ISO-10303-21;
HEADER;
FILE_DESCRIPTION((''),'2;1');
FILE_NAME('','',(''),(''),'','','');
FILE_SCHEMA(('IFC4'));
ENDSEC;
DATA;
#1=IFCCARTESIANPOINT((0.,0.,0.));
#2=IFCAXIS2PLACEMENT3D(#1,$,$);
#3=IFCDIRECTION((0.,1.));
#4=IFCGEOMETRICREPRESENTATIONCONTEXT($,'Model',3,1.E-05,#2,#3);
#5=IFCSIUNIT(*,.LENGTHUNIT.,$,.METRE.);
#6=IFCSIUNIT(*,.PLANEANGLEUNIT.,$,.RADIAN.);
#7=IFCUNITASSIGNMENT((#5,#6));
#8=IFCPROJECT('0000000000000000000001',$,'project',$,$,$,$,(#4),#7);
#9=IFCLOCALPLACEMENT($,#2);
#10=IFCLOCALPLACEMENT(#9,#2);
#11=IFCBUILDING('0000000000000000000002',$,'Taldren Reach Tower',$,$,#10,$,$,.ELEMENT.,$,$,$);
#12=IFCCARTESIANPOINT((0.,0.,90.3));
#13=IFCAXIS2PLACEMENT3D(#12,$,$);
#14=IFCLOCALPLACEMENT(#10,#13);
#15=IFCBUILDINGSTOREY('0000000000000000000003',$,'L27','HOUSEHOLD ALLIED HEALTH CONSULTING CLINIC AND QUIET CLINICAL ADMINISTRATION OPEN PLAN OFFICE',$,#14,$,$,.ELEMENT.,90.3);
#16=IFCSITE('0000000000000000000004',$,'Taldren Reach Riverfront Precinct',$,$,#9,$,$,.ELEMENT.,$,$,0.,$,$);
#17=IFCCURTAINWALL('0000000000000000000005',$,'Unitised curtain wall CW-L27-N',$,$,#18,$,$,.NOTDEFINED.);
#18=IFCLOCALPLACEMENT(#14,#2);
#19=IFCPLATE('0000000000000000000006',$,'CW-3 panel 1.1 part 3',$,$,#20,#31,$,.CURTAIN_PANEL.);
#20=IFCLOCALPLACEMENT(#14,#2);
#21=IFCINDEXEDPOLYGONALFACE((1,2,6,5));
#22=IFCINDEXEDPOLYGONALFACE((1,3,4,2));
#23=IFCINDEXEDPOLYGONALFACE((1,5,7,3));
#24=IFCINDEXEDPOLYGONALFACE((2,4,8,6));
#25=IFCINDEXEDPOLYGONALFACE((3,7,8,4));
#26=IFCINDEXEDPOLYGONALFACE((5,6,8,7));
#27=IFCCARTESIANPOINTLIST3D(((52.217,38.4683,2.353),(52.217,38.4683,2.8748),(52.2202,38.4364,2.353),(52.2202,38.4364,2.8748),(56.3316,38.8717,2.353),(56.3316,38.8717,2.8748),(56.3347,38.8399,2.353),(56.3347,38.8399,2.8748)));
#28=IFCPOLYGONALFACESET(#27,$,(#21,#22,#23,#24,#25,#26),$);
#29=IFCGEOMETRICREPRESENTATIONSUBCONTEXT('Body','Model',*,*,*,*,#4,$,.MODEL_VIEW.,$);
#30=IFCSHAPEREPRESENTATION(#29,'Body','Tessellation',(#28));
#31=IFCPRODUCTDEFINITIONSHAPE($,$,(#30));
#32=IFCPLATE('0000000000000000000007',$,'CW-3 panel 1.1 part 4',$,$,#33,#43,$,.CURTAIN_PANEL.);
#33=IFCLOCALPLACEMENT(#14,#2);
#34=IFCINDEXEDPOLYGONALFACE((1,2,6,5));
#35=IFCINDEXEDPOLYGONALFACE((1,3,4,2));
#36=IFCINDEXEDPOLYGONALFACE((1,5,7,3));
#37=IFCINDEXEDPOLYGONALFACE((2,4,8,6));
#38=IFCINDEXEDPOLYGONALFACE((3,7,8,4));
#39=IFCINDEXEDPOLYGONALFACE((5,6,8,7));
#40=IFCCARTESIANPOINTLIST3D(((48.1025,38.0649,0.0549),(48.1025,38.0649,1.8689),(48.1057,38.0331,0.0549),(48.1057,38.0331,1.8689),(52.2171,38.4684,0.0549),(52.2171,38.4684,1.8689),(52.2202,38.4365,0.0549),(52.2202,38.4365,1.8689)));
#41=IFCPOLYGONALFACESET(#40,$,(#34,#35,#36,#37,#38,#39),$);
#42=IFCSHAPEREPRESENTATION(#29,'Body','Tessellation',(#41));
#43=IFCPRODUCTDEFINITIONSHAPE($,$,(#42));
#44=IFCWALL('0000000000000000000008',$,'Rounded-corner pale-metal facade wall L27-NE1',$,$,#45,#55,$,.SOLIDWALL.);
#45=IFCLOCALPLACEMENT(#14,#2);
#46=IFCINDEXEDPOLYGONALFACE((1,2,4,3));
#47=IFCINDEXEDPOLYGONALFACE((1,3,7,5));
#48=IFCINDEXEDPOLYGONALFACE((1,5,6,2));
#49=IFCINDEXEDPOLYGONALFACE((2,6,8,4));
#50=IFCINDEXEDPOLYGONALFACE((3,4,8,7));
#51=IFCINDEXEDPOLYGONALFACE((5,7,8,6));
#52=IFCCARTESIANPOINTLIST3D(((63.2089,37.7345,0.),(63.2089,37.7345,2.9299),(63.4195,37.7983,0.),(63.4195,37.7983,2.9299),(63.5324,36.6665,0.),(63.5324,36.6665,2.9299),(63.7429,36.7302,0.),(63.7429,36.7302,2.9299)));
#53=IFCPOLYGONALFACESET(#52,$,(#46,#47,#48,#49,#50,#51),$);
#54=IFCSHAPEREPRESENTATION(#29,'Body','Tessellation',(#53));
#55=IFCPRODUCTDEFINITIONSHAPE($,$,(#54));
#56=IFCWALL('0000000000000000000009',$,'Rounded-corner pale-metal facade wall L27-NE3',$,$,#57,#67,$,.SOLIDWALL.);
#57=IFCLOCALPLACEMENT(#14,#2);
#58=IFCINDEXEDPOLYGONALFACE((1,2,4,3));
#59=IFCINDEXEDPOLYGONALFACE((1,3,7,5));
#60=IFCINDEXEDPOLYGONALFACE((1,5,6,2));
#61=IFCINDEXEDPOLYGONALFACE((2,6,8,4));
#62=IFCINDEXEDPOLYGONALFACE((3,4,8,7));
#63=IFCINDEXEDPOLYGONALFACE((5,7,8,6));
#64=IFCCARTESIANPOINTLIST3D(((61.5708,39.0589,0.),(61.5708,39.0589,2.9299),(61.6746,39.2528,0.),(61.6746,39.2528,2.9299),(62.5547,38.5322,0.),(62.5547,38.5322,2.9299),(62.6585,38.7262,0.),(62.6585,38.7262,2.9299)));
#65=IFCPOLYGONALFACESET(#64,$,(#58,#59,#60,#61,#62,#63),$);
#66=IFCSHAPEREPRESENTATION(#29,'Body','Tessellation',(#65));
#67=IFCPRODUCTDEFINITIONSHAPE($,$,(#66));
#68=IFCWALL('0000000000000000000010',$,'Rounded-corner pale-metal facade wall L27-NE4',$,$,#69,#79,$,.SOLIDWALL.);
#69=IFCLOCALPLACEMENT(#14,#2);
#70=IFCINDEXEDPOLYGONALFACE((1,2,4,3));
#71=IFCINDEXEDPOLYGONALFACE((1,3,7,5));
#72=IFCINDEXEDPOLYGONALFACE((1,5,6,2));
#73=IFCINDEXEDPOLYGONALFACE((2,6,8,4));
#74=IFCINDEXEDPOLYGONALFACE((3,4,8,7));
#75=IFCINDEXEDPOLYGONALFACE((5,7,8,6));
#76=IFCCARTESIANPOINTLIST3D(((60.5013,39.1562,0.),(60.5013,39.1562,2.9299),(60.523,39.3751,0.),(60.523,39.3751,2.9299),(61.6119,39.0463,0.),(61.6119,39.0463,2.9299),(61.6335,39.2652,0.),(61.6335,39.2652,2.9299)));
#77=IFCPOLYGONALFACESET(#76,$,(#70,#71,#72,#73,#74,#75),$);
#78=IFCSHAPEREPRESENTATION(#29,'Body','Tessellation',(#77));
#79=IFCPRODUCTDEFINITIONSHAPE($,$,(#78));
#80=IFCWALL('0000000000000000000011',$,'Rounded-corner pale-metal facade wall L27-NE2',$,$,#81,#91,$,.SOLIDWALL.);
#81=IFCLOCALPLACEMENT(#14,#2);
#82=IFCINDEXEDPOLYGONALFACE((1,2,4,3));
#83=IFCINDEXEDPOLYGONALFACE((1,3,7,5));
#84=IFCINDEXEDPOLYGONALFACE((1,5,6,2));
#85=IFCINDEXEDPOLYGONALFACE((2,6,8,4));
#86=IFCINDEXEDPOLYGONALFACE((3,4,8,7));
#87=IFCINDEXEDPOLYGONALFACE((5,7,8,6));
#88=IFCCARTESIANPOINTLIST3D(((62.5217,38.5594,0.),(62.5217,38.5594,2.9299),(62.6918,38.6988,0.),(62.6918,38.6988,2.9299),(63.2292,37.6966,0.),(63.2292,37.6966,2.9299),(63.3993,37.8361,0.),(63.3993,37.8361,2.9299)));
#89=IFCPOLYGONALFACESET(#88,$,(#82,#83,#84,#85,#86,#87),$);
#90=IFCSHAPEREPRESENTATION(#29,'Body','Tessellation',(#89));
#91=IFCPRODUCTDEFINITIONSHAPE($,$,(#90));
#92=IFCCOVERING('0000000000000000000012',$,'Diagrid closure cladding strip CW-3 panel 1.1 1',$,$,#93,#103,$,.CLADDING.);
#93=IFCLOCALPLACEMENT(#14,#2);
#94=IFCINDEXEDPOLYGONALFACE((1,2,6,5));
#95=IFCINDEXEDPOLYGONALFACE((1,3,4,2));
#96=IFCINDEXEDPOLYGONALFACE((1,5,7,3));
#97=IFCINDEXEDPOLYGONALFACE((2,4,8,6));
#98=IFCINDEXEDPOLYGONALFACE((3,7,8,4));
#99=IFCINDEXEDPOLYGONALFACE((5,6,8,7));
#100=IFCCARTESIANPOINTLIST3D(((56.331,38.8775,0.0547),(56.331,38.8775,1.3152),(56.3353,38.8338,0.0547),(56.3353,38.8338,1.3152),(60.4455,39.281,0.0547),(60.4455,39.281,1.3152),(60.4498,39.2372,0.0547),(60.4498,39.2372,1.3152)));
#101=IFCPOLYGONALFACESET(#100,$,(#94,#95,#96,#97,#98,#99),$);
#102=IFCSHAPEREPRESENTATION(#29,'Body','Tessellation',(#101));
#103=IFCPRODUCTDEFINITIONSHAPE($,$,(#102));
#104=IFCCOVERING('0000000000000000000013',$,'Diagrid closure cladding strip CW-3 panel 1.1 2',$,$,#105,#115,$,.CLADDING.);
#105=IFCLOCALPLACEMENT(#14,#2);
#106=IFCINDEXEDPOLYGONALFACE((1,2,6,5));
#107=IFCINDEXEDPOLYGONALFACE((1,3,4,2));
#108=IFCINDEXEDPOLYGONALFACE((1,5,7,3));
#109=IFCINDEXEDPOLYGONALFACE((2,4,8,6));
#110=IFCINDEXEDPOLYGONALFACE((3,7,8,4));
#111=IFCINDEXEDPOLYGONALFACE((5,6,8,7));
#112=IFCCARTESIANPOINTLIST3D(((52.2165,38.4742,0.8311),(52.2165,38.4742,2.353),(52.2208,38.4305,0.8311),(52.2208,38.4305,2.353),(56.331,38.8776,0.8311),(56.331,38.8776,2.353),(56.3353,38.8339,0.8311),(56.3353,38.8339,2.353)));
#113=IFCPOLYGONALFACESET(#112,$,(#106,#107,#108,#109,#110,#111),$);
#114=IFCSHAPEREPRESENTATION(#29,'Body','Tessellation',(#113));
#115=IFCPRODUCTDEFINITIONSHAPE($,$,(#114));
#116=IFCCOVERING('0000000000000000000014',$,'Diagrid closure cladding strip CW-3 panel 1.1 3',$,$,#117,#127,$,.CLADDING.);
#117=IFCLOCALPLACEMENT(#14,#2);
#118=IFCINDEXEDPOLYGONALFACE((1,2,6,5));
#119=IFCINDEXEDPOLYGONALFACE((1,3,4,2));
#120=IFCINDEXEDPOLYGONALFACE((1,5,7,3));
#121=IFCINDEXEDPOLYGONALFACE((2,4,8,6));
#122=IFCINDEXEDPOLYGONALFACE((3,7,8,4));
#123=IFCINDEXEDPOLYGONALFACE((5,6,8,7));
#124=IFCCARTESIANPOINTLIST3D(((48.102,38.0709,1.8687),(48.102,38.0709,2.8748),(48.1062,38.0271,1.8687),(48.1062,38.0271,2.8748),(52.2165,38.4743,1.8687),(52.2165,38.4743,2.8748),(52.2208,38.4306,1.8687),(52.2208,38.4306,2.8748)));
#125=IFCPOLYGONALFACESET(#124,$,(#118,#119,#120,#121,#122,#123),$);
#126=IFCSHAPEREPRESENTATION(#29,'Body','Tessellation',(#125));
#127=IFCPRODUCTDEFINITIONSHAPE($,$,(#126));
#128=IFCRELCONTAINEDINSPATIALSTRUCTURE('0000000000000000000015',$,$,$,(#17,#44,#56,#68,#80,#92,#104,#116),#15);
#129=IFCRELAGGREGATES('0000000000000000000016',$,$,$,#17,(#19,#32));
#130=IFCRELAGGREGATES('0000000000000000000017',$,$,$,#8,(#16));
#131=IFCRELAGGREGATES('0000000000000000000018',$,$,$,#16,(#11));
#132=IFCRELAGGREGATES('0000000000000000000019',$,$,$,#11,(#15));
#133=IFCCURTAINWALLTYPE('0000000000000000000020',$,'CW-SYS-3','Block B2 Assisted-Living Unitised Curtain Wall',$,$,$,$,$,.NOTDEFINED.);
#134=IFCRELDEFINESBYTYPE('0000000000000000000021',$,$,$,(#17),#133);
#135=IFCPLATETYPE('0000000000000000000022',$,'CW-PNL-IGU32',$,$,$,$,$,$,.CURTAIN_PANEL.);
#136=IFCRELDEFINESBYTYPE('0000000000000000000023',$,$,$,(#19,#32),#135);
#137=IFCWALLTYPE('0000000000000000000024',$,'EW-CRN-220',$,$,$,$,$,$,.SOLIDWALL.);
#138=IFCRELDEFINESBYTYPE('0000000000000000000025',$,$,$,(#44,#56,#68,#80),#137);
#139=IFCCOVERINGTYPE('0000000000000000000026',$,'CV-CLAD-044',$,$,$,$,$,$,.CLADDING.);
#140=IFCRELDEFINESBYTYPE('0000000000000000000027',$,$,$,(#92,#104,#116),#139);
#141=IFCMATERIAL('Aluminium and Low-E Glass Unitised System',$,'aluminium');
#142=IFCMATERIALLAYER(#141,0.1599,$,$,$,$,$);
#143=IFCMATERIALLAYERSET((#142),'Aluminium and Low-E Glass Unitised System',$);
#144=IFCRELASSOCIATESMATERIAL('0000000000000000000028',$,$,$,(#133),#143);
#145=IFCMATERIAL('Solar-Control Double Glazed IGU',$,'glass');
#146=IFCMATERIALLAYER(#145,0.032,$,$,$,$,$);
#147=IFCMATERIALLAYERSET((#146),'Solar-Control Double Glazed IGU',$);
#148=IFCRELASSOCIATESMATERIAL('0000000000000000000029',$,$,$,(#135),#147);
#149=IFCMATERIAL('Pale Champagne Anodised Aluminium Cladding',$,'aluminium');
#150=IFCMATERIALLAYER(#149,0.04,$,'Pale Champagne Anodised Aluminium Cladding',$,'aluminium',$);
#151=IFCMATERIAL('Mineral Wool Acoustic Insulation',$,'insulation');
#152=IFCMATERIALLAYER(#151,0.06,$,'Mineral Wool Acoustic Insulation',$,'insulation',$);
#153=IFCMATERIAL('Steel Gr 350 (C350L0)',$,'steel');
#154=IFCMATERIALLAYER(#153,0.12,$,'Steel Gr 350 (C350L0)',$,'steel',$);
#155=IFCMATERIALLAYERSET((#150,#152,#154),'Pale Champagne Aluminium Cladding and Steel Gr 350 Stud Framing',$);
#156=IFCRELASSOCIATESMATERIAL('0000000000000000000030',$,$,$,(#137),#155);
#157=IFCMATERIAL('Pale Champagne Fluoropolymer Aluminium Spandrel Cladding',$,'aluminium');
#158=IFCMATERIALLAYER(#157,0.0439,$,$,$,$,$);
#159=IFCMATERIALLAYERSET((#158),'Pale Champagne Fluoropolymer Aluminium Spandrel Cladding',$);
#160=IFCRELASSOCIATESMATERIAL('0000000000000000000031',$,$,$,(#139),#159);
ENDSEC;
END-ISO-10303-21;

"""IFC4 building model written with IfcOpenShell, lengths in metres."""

from ifc_helpers import new_model, si_unit, direction, frame, frame_2d, origin, origin_2d, place, context, subcontext, project, spatial, rectangle, extrude, source, transform, mapped, material, layer, layer_set, type_object, element, aggregate, save


model = new_model("IFC4")

# Units and contexts
model_context = context("Model", 3, precision=1e-05, world=origin(), true_north=direction((0.0, 1.0)))
body_context = subcontext(model_context, "Body", "Model", "MODEL_VIEW")
ifc_project = project(units=[si_unit("LENGTHUNIT", "METRE"), si_unit("PLANEANGLEUNIT", "RADIAN")], contexts=[model_context])

# Site, building, storey
site_placement = place(None, origin())
site = spatial("IfcSite", under=ifc_project, at=site_placement, Name="Taldren Reach Riverfront Precinct", CompositionType="ELEMENT", RefElevation=0.0)
building_placement = place(site_placement, origin())
building = spatial("IfcBuilding", under=site, at=building_placement, Name="Taldren Reach Tower", CompositionType="ELEMENT")
storey_placement = place(building_placement, frame((0.0, 0.0, 90.3)))
storey = spatial("IfcBuildingStorey", under=building, at=storey_placement, Name="L27", Description="HOUSEHOLD ALLIED HEALTH CONSULTING CLINIC AND QUIET CLINICAL ADMINISTRATION OPEN PLAN OFFICE", CompositionType="ELEMENT", Elevation=90.3)

# Shared definitions
ifc_material_1 = material(Name="Steel Gr 350 (C350L0)", Category="steel")

# Curtain wall
ifc_material_2 = material(Name="Aluminium and Low-E Glass Unitised System", Category="aluminium")
ifc_layer_1 = layer(ifc_material_2, 0.1599)
ifc_layer_set_1 = layer_set([ifc_layer_1], Name="Aluminium and Low-E Glass Unitised System")
curtain_wall_type = type_object("IfcCurtainWallType", Name="CW-SYS-3", Description="Block B2 Assisted-Living Unitised Curtain Wall", PredefinedType="NOTDEFINED", material=ifc_layer_set_1)
curtain_wall_1_placement = place(storey_placement, origin())
curtain_wall_1 = element("IfcCurtainWall", 1, at=curtain_wall_1_placement, inside=storey, type_object=curtain_wall_type, Name="Unitised curtain wall CW-L27-N", PredefinedType="NOTDEFINED")

# Plates
ifc_material_3 = material(Name="Solar-Control Double Glazed IGU", Category="glass")
ifc_layer_2 = layer(ifc_material_3, 0.032)
ifc_layer_set_2 = layer_set([ifc_layer_2], Name="Solar-Control Double Glazed IGU")
plate_type_1 = type_object("IfcPlateType", Name="CW-PNL-IGU32", PredefinedType="CURTAIN_PANEL", material=ifc_layer_set_2)
shared_shape_1 = source(origin(), body_context, "Body", "SweptSolid", [
    extrude(rectangle(XDim=4.1343, YDim=0.032, at=origin_2d()), origin(), (0.0, 0.0, 1.0), 0.5217),
])
plate_1_placement = place(storey_placement, frame((54.2759, 38.6541, 2.353), z_axis=(0.0, 0.0, 1.0), x_axis=(-0.995227, -0.097583, 0.0)))
plate_1 = element("IfcPlate", 2, at=plate_1_placement, type_object=plate_type_1, Name="CW-3 panel 1.1 part 3", PredefinedType="CURTAIN_PANEL", context=body_context, shape_type="MappedRepresentation", body=[
    mapped(shared_shape_1, transform((0.0, 0.0, 0.0), scale=1.0)),
])
shared_shape_2 = source(origin(), body_context, "Body", "SweptSolid", [
    extrude(rectangle(XDim=4.1343, YDim=0.032, at=origin_2d()), origin(), (0.0, 0.0, 1.0), 1.814),
])
plate_2_placement = place(storey_placement, frame((50.1614, 38.2507, 0.0549), z_axis=(0.0, 0.0, 1.0), x_axis=(-0.995227, -0.097583, 0.0)))
plate_2 = element("IfcPlate", 3, at=plate_2_placement, type_object=plate_type_1, Name="CW-3 panel 1.1 part 4", PredefinedType="CURTAIN_PANEL", context=body_context, shape_type="MappedRepresentation", body=[
    mapped(shared_shape_2, transform((0.0, 0.0, 0.0), scale=1.0)),
])
aggregate(curtain_wall_1, [plate_1, plate_2])

# Walls
ifc_material_4 = material(Name="Pale Champagne Anodised Aluminium Cladding", Category="aluminium")
ifc_layer_3 = layer(ifc_material_4, 0.04, Name="Pale Champagne Anodised Aluminium Cladding", Category="aluminium")
ifc_material_5 = material(Name="Mineral Wool Acoustic Insulation", Category="insulation")
ifc_layer_4 = layer(ifc_material_5, 0.06, Name="Mineral Wool Acoustic Insulation", Category="insulation")
ifc_layer_5 = layer(ifc_material_1, 0.12, Name="Steel Gr 350 (C350L0)", Category="steel")
ifc_layer_set_3 = layer_set([ifc_layer_3, ifc_layer_4, ifc_layer_5], Name="Pale Champagne Aluminium Cladding and Steel Gr 350 Stud Framing")
wall_type = type_object("IfcWallType", Name="EW-CRN-220", PredefinedType="SOLIDWALL", material=ifc_layer_set_3)
shared_shape_3 = source(origin(), body_context, "Body", "SweptSolid", [
    extrude(rectangle(XDim=1.116, YDim=0.22, at=frame_2d((0.5581, 0.0))), origin(), (0.0, 0.0, 1.0), 2.9299),
])
for number, where, z_axis, x_axis, name in (
    (4, (63.6377, 36.6982, 0.0), (0.0, 0.0, 1.0), (-0.289856, 0.95707, 0.0), "Rounded-corner pale-metal facade wall L27-NE1"),
    (5, (62.6067, 38.6292, 0.0), (0.0, 0.0, 1.0), (-0.881656, 0.471894, 0.0), "Rounded-corner pale-metal facade wall L27-NE3"),
    (6, (61.6228, 39.1558, 0.0), (0.0, 0.0, 1.0), (-0.995143, 0.098442, 0.0), "Rounded-corner pale-metal facade wall L27-NE4"),
):
    element("IfcWall", number, at=place(storey_placement, frame(where, z_axis=z_axis, x_axis=x_axis)), inside=storey, type_object=wall_type, Name=name, PredefinedType="SOLIDWALL", context=body_context, shape_type="MappedRepresentation", body=[
        mapped(shared_shape_3, transform((0.0, 0.0, 0.0), scale=1.0)),
    ])
shared_shape_4 = source(origin(), body_context, "Body", "SweptSolid", [
    extrude(rectangle(XDim=1.1157, YDim=0.22, at=frame_2d((0.5579, 0.0))), origin(), (0.0, 0.0, 1.0), 2.9299),
])
wall_placement = place(storey_placement, frame((63.3142, 37.7664, 0.0), z_axis=(0.0, 0.0, 1.0), x_axis=(-0.634095, 0.773255, 0.0)))
element("IfcWall", 7, at=wall_placement, inside=storey, type_object=wall_type, Name="Rounded-corner pale-metal facade wall L27-NE2", PredefinedType="SOLIDWALL", context=body_context, shape_type="MappedRepresentation", body=[
    mapped(shared_shape_4, transform((0.0, 0.0, 0.0), scale=1.0)),
])

# Coverings
ifc_material_6 = material(Name="Pale Champagne Fluoropolymer Aluminium Spandrel Cladding", Category="aluminium")
ifc_layer_6 = layer(ifc_material_6, 0.0439)
ifc_layer_set_4 = layer_set([ifc_layer_6], Name="Pale Champagne Fluoropolymer Aluminium Spandrel Cladding")
covering_type = type_object("IfcCoveringType", Name="CV-CLAD-044", PredefinedType="CLADDING", material=ifc_layer_set_4)
shared_shape_5 = source(origin(), body_context, "Body", "SweptSolid", [
    extrude(rectangle(XDim=4.1343, YDim=0.0439, at=origin_2d()), origin(), (0.0, 0.0, 1.0), 1.2605),
])
covering_1_placement = place(storey_placement, frame((58.3904, 39.0574, 0.0547), z_axis=(0.0, 0.0, 1.0), x_axis=(-0.995227, -0.097583, 0.0)))
element("IfcCovering", 8, at=covering_1_placement, inside=storey, type_object=covering_type, Name="Diagrid closure cladding strip CW-3 panel 1.1 1", PredefinedType="CLADDING", context=body_context, shape_type="MappedRepresentation", body=[
    mapped(shared_shape_5, transform((0.0, 0.0, 0.0), scale=1.0)),
])
shared_shape_6 = source(origin(), body_context, "Body", "SweptSolid", [
    extrude(rectangle(XDim=4.1343, YDim=0.0439, at=origin_2d()), origin(), (0.0, 0.0, 1.0), 1.522),
])
covering_2_placement = place(storey_placement, frame((54.2759, 38.6541, 0.8311), z_axis=(0.0, 0.0, 1.0), x_axis=(-0.995227, -0.097583, 0.0)))
element("IfcCovering", 9, at=covering_2_placement, inside=storey, type_object=covering_type, Name="Diagrid closure cladding strip CW-3 panel 1.1 2", PredefinedType="CLADDING", context=body_context, shape_type="MappedRepresentation", body=[
    mapped(shared_shape_6, transform((0.0, 0.0, 0.0), scale=1.0)),
])
shared_shape_7 = source(origin(), body_context, "Body", "SweptSolid", [
    extrude(rectangle(XDim=4.1343, YDim=0.0439, at=origin_2d()), origin(), (0.0, 0.0, 1.0), 1.0061),
])
covering_3_placement = place(storey_placement, frame((50.1614, 38.2507, 1.8687), z_axis=(0.0, 0.0, 1.0), x_axis=(-0.995227, -0.097583, 0.0)))
element("IfcCovering", 10, at=covering_3_placement, inside=storey, type_object=covering_type, Name="Diagrid closure cladding strip CW-3 panel 1.1 3", PredefinedType="CLADDING", context=body_context, shape_type="MappedRepresentation", body=[
    mapped(shared_shape_7, transform((0.0, 0.0, 0.0), scale=1.0)),
])

save(model, "model.ifc")
